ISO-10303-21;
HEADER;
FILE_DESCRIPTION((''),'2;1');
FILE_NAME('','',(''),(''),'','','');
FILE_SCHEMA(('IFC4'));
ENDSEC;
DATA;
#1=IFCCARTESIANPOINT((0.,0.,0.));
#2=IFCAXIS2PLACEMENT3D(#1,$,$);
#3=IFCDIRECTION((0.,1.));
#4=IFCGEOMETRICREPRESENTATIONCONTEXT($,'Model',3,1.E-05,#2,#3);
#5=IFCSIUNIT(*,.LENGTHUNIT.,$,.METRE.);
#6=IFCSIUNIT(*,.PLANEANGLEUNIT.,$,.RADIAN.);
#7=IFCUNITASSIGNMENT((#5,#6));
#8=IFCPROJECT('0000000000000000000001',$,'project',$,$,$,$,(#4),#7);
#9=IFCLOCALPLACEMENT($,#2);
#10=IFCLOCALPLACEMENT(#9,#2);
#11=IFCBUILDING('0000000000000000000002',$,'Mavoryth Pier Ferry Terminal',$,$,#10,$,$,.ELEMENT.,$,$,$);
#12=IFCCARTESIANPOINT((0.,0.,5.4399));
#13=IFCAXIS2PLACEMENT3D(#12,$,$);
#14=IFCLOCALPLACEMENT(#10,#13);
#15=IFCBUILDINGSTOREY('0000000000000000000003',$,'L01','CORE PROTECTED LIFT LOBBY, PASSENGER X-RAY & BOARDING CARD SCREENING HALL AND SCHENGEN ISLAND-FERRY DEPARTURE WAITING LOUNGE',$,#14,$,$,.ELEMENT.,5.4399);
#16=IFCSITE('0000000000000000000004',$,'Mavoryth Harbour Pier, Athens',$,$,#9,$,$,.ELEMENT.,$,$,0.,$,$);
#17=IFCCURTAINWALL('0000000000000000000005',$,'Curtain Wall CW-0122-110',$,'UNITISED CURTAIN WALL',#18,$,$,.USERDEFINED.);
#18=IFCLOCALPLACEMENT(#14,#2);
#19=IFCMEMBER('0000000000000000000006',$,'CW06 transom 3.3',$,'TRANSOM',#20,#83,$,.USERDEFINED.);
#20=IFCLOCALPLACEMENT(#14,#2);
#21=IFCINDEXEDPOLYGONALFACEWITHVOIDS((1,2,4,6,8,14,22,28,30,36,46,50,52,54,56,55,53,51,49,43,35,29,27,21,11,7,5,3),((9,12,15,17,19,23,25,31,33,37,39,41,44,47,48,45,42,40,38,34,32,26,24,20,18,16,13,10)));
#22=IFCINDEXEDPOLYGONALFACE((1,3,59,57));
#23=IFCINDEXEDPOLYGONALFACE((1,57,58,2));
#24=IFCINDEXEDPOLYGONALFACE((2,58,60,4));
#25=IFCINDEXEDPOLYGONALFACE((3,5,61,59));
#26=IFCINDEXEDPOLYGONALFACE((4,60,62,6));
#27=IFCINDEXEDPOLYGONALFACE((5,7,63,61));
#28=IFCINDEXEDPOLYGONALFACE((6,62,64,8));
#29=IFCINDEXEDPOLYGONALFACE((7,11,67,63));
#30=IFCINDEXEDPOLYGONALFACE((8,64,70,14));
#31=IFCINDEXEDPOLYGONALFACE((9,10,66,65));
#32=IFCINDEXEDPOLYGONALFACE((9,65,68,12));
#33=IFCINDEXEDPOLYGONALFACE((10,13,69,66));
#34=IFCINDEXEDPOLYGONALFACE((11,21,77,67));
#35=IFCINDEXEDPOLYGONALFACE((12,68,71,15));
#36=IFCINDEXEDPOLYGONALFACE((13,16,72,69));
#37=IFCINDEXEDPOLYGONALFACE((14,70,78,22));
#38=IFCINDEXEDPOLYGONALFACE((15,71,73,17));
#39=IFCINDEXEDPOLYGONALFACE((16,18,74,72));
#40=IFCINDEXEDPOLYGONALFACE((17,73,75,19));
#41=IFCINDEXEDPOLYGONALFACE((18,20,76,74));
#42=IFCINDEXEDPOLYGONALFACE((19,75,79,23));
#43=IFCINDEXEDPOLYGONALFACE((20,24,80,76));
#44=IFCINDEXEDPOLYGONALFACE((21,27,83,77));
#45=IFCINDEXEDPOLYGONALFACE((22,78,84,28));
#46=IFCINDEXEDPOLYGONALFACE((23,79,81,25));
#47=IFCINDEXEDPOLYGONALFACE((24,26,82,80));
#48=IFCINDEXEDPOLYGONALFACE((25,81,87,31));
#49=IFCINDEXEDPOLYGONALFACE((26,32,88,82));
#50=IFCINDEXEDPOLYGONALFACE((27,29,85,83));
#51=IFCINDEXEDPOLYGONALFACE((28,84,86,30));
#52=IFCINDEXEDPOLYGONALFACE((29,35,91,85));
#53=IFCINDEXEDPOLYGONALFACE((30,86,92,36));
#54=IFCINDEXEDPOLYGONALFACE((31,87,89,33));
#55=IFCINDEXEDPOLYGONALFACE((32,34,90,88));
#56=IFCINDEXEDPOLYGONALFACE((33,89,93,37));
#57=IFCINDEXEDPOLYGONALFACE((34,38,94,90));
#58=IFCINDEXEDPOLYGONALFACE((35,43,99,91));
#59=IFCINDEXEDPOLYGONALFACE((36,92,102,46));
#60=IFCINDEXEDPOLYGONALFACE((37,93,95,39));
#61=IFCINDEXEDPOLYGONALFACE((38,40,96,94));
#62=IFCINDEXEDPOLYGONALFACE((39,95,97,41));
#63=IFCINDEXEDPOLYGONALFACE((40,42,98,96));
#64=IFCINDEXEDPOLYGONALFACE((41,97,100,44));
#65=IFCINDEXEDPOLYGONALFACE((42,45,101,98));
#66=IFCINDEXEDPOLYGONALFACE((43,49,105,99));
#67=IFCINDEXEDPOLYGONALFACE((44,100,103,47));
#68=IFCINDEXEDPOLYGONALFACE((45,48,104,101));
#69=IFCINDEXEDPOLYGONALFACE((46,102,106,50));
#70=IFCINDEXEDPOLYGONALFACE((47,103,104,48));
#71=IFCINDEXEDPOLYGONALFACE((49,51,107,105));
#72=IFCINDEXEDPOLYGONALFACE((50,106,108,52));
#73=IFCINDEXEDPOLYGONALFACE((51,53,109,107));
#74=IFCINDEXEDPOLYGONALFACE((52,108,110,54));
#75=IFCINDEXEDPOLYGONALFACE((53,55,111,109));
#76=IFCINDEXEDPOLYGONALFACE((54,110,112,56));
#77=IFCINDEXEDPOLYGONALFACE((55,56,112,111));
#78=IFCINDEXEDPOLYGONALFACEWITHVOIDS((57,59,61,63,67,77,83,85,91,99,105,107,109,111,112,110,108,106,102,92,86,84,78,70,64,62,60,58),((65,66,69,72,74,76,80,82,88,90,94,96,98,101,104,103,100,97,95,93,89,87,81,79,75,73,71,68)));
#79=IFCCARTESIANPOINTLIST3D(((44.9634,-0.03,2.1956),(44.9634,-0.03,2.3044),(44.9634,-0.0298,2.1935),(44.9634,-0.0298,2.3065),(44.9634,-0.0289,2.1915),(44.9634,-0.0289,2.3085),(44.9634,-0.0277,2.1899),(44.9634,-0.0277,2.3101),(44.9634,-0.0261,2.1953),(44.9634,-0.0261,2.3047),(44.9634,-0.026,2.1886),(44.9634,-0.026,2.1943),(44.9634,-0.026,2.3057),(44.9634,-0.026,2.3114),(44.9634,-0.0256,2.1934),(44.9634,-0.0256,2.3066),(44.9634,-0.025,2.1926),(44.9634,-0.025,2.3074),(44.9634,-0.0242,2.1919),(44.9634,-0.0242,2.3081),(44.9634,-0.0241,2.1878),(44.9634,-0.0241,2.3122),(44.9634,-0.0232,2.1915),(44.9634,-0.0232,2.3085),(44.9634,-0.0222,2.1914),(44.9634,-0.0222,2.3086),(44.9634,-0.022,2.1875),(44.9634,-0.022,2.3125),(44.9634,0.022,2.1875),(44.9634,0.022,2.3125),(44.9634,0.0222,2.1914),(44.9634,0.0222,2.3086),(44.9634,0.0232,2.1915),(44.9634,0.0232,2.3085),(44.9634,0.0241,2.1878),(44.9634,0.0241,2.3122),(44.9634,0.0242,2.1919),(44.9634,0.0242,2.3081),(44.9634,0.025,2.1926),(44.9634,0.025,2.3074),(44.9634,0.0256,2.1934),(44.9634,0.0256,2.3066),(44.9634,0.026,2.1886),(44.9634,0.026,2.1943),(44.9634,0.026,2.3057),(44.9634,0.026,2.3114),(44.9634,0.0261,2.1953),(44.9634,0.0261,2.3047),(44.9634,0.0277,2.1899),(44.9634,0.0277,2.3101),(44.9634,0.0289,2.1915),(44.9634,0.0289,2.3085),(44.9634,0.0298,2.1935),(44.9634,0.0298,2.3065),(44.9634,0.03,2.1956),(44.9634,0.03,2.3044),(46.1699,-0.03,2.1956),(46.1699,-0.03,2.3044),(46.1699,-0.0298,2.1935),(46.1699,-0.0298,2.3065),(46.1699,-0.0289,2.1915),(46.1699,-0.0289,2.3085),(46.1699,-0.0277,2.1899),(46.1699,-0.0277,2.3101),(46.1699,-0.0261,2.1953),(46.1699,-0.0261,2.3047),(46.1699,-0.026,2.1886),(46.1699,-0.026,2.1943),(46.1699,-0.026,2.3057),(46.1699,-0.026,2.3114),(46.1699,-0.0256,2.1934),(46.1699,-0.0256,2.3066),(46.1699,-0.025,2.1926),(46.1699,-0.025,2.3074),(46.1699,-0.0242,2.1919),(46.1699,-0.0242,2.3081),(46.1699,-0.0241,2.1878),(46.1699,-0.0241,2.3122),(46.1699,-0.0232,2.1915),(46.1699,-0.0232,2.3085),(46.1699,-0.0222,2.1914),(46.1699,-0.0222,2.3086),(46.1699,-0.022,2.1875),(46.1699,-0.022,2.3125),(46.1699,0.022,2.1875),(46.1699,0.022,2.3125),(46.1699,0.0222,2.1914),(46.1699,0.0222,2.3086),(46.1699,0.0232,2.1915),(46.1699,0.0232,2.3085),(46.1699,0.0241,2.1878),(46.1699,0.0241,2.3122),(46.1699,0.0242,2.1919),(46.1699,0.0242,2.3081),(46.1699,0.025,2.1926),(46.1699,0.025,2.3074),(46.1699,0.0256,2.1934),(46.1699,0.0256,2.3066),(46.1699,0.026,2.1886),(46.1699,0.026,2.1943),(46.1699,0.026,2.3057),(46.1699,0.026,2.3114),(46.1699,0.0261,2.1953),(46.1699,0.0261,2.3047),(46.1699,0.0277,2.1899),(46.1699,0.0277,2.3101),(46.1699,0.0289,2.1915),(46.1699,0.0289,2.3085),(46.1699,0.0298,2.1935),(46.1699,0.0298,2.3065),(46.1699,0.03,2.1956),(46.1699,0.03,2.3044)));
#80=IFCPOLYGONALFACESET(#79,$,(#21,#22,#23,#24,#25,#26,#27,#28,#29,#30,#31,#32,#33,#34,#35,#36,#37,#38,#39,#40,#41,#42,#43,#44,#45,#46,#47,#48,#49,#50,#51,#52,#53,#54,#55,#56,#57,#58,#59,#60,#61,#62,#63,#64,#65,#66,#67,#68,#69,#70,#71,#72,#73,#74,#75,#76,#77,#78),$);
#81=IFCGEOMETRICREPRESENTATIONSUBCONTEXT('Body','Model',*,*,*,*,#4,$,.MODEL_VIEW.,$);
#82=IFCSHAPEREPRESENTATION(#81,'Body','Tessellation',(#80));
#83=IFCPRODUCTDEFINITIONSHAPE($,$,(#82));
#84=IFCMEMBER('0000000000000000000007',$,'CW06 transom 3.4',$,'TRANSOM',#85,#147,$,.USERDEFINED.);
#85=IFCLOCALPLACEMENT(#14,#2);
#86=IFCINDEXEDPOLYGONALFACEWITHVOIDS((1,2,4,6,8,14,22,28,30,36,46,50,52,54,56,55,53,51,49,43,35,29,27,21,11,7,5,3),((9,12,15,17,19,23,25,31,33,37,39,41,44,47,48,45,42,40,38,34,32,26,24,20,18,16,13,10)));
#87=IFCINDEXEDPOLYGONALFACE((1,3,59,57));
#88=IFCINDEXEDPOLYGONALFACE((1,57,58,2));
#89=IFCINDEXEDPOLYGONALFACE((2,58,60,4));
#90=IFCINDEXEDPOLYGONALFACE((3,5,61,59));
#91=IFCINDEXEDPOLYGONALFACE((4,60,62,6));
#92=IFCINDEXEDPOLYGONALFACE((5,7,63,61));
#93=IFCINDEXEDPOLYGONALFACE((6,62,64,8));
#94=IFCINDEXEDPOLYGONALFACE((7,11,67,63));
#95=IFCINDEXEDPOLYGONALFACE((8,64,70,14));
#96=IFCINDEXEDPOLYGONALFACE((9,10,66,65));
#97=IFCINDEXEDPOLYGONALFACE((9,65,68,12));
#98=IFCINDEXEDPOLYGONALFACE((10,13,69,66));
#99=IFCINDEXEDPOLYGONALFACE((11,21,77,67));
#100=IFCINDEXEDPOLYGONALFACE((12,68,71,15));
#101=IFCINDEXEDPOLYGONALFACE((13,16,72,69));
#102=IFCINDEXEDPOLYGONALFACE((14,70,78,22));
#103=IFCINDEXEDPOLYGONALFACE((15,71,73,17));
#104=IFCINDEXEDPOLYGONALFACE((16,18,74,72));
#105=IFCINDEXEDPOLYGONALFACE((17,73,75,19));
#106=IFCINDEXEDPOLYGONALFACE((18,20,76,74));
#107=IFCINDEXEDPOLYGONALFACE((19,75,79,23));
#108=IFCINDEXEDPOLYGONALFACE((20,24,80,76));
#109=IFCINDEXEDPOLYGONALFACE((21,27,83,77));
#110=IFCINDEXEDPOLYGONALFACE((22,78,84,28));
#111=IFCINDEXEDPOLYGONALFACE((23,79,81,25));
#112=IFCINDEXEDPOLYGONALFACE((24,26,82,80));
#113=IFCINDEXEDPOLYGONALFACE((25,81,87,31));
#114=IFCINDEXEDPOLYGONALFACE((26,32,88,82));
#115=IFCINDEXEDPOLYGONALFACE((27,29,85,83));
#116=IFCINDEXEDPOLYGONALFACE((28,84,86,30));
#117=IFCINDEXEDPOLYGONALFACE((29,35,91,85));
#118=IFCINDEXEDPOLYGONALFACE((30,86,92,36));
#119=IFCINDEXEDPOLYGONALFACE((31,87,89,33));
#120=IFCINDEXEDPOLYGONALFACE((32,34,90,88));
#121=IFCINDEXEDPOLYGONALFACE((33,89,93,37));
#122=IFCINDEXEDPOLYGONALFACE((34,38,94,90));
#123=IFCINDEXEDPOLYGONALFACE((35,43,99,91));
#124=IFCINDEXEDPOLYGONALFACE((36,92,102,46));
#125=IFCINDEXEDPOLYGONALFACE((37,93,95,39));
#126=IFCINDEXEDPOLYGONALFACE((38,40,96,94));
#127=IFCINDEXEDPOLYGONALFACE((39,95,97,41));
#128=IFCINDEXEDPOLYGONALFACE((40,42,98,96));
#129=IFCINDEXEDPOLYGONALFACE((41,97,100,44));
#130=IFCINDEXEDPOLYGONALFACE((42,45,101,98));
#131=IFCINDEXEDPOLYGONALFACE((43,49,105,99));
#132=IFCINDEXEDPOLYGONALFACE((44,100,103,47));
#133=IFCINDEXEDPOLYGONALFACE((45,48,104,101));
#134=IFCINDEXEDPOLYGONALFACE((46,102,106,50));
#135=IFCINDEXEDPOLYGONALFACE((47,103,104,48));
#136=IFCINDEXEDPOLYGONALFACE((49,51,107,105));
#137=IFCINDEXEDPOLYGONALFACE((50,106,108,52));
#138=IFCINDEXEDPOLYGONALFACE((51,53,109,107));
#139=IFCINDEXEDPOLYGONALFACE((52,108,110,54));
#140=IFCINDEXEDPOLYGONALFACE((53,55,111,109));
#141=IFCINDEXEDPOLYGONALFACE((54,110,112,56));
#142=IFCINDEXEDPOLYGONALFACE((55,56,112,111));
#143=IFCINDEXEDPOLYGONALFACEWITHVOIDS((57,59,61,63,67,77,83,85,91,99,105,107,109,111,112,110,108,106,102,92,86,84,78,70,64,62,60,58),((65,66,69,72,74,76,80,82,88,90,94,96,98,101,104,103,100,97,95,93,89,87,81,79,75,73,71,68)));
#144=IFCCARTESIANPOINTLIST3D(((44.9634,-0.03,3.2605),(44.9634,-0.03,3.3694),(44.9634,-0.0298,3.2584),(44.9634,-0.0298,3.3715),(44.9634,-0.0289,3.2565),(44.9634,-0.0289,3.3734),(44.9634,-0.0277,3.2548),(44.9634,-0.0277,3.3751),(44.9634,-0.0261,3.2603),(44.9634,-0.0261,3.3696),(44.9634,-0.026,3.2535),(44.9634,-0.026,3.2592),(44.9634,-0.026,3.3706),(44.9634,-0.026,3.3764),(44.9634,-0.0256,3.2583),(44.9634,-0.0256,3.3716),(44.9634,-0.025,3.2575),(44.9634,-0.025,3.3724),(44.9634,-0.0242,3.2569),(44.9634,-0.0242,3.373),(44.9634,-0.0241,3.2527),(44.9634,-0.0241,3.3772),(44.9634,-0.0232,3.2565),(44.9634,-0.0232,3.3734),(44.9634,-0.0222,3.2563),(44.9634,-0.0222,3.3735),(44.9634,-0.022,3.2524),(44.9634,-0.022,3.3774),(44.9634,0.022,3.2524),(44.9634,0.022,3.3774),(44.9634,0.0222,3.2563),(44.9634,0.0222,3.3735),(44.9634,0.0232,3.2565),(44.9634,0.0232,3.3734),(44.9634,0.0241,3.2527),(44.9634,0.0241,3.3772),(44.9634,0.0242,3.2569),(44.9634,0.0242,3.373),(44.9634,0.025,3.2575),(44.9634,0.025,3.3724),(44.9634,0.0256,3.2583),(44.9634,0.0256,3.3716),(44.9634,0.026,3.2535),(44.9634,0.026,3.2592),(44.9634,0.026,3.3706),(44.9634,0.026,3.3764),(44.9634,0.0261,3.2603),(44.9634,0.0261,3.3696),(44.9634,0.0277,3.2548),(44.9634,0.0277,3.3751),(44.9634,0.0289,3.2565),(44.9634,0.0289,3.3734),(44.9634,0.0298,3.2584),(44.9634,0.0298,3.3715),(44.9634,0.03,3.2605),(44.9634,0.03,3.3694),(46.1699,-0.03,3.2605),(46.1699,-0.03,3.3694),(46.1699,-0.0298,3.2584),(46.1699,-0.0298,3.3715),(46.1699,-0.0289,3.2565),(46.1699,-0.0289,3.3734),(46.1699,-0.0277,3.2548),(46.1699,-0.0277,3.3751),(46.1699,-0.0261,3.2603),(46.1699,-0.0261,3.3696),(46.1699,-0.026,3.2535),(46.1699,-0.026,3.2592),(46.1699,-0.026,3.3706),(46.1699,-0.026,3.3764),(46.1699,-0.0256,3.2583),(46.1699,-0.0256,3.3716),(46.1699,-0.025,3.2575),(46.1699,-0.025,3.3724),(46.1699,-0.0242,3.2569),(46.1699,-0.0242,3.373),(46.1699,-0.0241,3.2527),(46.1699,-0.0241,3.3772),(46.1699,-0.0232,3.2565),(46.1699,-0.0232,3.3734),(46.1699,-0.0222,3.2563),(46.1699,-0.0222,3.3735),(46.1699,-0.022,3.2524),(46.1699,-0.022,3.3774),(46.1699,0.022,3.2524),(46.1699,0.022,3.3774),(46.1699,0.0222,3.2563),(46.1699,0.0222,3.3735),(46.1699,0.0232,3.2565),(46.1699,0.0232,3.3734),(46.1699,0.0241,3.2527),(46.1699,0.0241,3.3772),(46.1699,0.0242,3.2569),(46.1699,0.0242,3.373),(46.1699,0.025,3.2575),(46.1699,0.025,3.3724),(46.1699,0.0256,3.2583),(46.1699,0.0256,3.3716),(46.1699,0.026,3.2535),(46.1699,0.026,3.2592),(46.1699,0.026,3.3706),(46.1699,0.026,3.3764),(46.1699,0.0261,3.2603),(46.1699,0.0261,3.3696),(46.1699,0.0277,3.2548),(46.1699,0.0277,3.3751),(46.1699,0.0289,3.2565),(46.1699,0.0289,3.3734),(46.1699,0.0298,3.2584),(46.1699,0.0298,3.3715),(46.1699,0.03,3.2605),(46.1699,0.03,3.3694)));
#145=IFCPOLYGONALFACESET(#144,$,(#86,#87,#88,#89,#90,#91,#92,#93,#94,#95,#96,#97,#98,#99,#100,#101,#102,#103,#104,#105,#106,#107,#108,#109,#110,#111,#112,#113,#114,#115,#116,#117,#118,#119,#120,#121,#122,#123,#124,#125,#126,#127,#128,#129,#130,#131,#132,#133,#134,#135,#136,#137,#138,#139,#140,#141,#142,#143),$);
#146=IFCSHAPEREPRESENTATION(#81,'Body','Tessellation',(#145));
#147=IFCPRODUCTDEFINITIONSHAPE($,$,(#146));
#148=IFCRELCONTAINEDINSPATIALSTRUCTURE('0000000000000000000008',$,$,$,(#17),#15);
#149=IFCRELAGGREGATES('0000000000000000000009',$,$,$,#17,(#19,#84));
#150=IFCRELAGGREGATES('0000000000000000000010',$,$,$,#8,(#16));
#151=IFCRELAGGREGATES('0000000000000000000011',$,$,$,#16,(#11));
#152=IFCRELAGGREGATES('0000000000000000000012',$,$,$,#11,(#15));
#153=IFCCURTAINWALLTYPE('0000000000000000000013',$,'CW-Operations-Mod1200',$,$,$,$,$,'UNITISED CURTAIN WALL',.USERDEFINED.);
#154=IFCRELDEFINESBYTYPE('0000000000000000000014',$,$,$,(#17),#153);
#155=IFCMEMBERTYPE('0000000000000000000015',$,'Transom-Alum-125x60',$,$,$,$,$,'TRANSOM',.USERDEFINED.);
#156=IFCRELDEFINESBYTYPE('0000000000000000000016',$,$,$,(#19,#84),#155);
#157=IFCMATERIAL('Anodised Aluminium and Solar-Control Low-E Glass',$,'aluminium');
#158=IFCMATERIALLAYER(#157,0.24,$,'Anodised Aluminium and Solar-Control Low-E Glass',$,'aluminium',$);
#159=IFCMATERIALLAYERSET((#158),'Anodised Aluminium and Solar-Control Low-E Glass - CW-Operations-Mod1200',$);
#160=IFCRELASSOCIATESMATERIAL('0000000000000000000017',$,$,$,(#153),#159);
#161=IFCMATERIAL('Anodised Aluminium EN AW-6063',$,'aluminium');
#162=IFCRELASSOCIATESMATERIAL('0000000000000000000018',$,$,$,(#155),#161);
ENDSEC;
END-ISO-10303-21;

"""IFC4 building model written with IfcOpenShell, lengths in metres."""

from ifc_helpers import new_model, si_unit, direction, frame, origin, origin_2d, place, context, subcontext, project, spatial, hollow_rectangle, extrude, material, layer, layer_set, material_profile, profile_set, type_object, element, aggregate, save


model = new_model("IFC4")

# Units and contexts
model_context = context("Model", 3, precision=1e-05, world=origin(), true_north=direction((0.0, 1.0)))
body_context = subcontext(model_context, "Body", "Model", "MODEL_VIEW")
ifc_project = project(units=[si_unit("LENGTHUNIT", "METRE"), si_unit("PLANEANGLEUNIT", "RADIAN")], contexts=[model_context])

# Site, building, storey
site_placement = place(None, origin())
site = spatial("IfcSite", under=ifc_project, at=site_placement, Name="Mavoryth Harbour Pier, Athens", CompositionType="ELEMENT", RefElevation=0.0)
building_placement = place(site_placement, origin())
building = spatial("IfcBuilding", under=site, at=building_placement, Name="Mavoryth Pier Ferry Terminal", CompositionType="ELEMENT")
storey_placement = place(building_placement, frame((0.0, 0.0, 5.4399)))
storey = spatial("IfcBuildingStorey", under=building, at=storey_placement, Name="L01", Description="CORE PROTECTED LIFT LOBBY, PASSENGER X-RAY & BOARDING CARD SCREENING HALL AND SCHENGEN ISLAND-FERRY DEPARTURE WAITING LOUNGE", CompositionType="ELEMENT", Elevation=5.4399)

# Curtain wall
ifc_material_1 = material(Name="Anodised Aluminium and Solar-Control Low-E Glass", Category="aluminium")
ifc_layer_1 = layer(ifc_material_1, 0.24, Name="Anodised Aluminium and Solar-Control Low-E Glass", Category="aluminium")
ifc_layer_set_1 = layer_set([ifc_layer_1], Name="Anodised Aluminium and Solar-Control Low-E Glass - CW-Operations-Mod1200")
curtain_wall_type = type_object("IfcCurtainWallType", Name="CW-Operations-Mod1200", ElementType="UNITISED CURTAIN WALL", PredefinedType="USERDEFINED", material=ifc_layer_set_1)
curtain_wall_placement = place(storey_placement, origin())
curtain_wall = element("IfcCurtainWall", 1, at=curtain_wall_placement, inside=storey, type_object=curtain_wall_type, Name="Curtain Wall CW-0122-110", ObjectType="UNITISED CURTAIN WALL", PredefinedType="USERDEFINED")
ifc_material_2 = material(Name="Anodised Aluminium EN AW-6063", Category="aluminium")

# Members
ifc_material_profile_1 = material_profile(ifc_material_2, hollow_rectangle(XDim=0.0601, YDim=0.125, WallThickness=0.0039, InnerFilletRadius=0.0039, OuterFilletRadius=0.0081, at=origin_2d()), Name="AL-TRAN 125x60x4", Category="aluminium")
ifc_profile_set_1 = profile_set([ifc_material_profile_1], Name="Anodised Aluminium EN AW-6063 - AL-TRAN 125x60x4")
member_type_1 = type_object("IfcMemberType", Name="Transom-Alum-125x60", ElementType="TRANSOM", PredefinedType="USERDEFINED", material=ifc_profile_set_1)
member_1_placement = place(storey_placement, frame((44.9634, 0.0, 2.25), z_axis=(1.0, 0.0, 0.0), x_axis=(0.0, 1.0, 0.0)))
member_1 = element("IfcMember", 2, at=member_1_placement, type_object=member_type_1, Name="CW06 transom 3.3", ObjectType="TRANSOM", PredefinedType="USERDEFINED", context=body_context, shape_type="SweptSolid", body=[
    extrude(hollow_rectangle(XDim=0.0601, YDim=0.125, WallThickness=0.0039, InnerFilletRadius=0.0039, OuterFilletRadius=0.0081, at=origin_2d()), origin(), (0.0, 0.0, 1.0), 1.2065),
])
member_2_placement = place(storey_placement, frame((44.9634, 0.0, 3.3149), z_axis=(1.0, 0.0, 0.0), x_axis=(0.0, 1.0, 0.0)))
member_2 = element("IfcMember", 3, at=member_2_placement, type_object=member_type_1, Name="CW06 transom 3.4", ObjectType="TRANSOM", PredefinedType="USERDEFINED", context=body_context, shape_type="SweptSolid", body=[
    extrude(hollow_rectangle(XDim=0.0601, YDim=0.125, WallThickness=0.0039, InnerFilletRadius=0.0039, OuterFilletRadius=0.0081, at=origin_2d()), origin(), (0.0, 0.0, 1.0), 1.2065),
])

aggregate(curtain_wall, [member_1, member_2])

save(model, "model.ifc")
